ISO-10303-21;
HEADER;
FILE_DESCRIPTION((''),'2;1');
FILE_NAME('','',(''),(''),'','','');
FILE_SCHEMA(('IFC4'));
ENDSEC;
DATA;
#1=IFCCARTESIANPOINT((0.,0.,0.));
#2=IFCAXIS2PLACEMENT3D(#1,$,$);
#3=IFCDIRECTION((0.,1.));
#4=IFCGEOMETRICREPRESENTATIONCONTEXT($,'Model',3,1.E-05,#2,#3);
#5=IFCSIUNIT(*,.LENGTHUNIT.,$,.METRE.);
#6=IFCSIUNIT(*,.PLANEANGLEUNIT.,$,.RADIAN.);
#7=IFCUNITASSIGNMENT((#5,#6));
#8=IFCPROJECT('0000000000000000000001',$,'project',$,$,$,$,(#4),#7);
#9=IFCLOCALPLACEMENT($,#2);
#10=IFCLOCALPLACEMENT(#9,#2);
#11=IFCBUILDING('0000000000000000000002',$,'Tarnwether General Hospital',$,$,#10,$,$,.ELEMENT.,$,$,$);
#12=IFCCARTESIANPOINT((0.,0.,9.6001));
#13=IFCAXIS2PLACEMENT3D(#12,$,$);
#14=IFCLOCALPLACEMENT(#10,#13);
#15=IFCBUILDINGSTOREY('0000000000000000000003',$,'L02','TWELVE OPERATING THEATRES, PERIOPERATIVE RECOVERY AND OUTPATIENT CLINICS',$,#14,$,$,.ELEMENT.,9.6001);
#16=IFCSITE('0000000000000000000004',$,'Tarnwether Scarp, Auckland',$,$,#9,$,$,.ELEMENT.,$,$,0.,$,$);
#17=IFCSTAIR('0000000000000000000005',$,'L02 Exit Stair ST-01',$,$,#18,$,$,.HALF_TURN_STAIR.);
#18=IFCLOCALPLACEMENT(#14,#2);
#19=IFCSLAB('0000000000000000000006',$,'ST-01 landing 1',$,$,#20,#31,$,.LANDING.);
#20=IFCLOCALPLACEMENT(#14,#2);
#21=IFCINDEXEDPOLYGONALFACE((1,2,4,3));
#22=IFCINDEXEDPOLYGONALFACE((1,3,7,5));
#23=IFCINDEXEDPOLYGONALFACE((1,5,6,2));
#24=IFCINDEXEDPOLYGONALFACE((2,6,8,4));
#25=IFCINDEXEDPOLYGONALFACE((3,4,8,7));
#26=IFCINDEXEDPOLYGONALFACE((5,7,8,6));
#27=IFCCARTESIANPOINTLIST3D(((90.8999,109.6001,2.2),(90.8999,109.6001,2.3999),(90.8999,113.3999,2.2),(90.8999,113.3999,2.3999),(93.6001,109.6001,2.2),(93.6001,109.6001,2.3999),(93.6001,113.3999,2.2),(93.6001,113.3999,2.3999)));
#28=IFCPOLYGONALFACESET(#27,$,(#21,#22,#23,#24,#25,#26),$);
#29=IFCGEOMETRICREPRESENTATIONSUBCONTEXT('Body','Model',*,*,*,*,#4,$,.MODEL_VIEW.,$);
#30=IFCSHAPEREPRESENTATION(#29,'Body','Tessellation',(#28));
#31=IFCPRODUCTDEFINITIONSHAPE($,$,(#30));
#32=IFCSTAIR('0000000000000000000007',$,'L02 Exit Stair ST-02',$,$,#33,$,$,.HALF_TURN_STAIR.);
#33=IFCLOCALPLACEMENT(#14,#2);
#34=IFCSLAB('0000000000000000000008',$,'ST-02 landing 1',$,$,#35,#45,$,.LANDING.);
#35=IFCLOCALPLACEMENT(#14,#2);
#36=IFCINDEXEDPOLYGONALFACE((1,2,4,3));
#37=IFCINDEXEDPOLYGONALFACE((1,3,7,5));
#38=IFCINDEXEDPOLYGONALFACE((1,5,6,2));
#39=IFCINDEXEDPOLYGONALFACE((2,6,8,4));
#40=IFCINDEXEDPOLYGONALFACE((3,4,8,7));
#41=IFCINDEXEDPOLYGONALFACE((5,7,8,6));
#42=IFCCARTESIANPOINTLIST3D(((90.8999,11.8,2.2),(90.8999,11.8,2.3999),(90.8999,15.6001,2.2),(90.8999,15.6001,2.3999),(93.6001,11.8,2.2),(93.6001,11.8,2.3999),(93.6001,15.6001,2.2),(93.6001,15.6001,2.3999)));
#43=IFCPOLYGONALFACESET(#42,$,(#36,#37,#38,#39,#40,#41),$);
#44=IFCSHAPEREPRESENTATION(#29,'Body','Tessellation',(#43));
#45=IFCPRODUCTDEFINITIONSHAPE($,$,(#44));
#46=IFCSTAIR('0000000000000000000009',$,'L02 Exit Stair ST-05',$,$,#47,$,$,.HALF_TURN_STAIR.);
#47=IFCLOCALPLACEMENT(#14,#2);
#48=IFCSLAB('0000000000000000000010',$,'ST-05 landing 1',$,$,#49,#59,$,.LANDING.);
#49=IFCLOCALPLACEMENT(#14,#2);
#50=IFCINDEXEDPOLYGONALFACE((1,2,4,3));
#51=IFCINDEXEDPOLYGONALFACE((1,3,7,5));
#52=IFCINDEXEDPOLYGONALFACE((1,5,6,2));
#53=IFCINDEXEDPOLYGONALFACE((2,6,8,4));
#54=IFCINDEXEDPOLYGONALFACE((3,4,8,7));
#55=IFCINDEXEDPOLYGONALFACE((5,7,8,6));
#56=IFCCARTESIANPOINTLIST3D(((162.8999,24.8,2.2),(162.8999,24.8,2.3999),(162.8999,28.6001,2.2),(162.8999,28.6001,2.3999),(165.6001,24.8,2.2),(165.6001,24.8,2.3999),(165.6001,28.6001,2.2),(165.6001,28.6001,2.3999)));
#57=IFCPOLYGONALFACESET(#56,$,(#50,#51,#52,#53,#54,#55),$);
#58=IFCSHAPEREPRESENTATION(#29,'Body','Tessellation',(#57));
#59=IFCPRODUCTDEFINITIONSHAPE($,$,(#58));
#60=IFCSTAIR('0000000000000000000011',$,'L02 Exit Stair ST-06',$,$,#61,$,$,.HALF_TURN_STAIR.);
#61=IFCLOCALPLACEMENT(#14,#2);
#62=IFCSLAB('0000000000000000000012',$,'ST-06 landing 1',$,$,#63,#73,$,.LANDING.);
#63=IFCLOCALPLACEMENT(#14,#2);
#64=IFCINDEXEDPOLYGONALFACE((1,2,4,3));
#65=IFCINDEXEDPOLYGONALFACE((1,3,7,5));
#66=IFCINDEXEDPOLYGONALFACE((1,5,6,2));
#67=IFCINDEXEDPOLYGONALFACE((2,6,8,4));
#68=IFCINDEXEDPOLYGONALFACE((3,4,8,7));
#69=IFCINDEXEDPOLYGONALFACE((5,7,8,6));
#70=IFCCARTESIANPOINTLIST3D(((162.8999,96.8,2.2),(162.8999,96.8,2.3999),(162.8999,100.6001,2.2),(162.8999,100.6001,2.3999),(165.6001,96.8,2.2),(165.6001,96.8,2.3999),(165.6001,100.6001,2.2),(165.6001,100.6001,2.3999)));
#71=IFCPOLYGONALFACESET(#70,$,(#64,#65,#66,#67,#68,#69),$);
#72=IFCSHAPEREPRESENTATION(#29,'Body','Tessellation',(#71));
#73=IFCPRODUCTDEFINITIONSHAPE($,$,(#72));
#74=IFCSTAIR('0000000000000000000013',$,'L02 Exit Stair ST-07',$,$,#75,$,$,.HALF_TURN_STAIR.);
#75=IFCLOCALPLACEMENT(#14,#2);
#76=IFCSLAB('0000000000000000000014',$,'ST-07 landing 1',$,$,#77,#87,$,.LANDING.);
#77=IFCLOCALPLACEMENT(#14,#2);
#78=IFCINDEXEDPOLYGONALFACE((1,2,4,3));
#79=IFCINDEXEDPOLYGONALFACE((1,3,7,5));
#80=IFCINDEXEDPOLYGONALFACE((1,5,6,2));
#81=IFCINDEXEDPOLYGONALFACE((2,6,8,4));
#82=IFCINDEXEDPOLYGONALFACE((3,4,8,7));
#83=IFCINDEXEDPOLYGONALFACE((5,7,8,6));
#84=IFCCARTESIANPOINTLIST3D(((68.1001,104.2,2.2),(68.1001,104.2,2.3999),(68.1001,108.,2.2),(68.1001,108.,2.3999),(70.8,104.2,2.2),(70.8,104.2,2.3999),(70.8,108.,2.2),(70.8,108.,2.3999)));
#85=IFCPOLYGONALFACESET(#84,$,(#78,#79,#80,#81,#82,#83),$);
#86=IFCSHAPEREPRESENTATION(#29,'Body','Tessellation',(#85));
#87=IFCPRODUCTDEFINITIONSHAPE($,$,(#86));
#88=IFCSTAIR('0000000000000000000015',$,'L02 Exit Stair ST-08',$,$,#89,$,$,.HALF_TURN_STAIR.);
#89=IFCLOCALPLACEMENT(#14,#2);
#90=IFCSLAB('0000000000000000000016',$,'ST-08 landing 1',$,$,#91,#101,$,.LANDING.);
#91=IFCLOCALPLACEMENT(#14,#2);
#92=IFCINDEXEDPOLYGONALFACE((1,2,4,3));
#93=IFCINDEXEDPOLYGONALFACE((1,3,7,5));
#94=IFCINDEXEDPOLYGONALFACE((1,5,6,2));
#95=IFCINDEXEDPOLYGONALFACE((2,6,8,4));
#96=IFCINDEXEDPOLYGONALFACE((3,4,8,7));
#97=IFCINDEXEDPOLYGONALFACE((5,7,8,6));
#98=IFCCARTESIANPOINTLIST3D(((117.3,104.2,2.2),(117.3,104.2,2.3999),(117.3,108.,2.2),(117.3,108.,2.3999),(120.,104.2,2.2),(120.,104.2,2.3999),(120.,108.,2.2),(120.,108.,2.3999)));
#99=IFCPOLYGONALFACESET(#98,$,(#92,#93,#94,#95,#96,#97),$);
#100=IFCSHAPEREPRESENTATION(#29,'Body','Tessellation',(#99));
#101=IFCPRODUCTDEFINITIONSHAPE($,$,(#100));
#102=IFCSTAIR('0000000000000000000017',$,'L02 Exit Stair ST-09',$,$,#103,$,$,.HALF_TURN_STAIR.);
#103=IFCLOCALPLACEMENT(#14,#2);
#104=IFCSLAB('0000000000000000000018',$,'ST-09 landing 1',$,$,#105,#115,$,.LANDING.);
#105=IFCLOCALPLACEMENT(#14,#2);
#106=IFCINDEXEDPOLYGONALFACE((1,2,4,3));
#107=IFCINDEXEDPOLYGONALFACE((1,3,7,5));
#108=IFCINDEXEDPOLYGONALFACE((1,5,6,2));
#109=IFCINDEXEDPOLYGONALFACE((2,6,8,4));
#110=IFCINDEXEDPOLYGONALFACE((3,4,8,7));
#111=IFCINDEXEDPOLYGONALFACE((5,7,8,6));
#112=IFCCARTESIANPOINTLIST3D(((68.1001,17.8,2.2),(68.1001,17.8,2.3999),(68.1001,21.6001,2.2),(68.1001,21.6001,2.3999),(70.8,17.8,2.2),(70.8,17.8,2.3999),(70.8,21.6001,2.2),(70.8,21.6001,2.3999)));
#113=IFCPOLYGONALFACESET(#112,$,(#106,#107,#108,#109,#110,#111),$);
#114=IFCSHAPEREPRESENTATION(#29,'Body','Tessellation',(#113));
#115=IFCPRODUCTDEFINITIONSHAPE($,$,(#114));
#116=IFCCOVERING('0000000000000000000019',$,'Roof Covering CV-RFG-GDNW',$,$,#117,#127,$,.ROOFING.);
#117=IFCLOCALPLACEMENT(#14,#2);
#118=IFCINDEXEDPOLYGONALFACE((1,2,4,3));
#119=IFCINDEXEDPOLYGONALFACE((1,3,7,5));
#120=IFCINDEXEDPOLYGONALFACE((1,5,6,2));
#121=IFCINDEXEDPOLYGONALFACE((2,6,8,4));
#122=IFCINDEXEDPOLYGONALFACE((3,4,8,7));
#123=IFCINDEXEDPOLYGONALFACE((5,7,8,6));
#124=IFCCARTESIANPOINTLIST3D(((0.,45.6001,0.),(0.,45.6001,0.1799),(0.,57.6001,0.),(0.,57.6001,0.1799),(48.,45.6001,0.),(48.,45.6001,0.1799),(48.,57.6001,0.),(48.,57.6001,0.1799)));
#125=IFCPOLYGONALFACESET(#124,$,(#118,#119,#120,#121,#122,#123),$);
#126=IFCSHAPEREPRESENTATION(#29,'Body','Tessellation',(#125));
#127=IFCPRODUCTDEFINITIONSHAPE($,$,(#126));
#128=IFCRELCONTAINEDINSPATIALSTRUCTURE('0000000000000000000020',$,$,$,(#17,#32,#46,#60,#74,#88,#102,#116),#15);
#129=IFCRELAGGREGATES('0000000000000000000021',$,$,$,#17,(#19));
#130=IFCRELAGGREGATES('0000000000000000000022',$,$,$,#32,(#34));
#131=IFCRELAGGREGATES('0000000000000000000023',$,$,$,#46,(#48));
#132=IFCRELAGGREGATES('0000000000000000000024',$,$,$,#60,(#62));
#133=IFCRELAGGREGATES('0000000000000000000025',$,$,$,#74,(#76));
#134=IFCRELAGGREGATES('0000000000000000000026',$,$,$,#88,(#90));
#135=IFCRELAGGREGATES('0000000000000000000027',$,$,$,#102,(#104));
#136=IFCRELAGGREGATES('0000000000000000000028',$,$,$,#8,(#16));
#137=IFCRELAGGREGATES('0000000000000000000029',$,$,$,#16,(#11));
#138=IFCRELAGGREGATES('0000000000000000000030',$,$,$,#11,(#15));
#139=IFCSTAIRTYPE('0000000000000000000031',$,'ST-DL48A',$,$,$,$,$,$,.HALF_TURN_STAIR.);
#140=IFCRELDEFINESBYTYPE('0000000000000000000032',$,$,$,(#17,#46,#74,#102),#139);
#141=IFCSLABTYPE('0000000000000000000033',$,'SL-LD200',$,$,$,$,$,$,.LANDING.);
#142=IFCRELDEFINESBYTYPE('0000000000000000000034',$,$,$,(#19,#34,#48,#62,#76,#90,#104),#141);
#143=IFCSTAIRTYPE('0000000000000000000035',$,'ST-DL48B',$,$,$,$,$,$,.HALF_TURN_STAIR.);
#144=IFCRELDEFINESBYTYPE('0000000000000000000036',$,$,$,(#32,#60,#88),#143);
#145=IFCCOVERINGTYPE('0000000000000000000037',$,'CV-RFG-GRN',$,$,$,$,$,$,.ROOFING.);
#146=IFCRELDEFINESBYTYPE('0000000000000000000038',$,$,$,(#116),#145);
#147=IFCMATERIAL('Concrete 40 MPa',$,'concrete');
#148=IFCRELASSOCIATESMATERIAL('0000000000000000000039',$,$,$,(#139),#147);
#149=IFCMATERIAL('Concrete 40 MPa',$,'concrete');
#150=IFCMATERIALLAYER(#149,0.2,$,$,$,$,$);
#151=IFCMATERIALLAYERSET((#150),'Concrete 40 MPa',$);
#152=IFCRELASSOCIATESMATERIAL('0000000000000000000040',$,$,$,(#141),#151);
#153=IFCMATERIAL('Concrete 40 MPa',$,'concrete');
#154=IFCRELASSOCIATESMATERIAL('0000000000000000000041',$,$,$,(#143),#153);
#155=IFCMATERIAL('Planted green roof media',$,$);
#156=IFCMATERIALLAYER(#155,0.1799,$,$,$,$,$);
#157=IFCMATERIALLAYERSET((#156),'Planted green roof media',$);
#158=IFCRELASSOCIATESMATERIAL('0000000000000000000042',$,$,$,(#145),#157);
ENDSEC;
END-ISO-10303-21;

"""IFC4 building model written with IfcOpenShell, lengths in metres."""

from ifc_helpers import new_model, si_unit, direction, frame, origin, place, context, subcontext, project, spatial, polyline, outline, extrude, material, layer, layer_set, type_object, element, aggregate, save


model = new_model("IFC4")

# Units and contexts
model_context = context("Model", 3, precision=1e-05, world=origin(), true_north=direction((0.0, 1.0)))
body_context = subcontext(model_context, "Body", "Model", "MODEL_VIEW")
ifc_project = project(units=[si_unit("LENGTHUNIT", "METRE"), si_unit("PLANEANGLEUNIT", "RADIAN")], contexts=[model_context])

# Site, building, storey
site_placement = place(None, origin())
site = spatial("IfcSite", under=ifc_project, at=site_placement, Name="Tarnwether Scarp, Auckland", CompositionType="ELEMENT", RefElevation=0.0)
building_placement = place(site_placement, origin())
building = spatial("IfcBuilding", under=site, at=building_placement, Name="Tarnwether General Hospital", CompositionType="ELEMENT")
storey_placement = place(building_placement, frame((0.0, 0.0, 9.6001)))
storey = spatial("IfcBuildingStorey", under=building, at=storey_placement, Name="L02", Description="TWELVE OPERATING THEATRES, PERIOPERATIVE RECOVERY AND OUTPATIENT CLINICS", CompositionType="ELEMENT", Elevation=9.6001)

# Stairs, slabs
ifc_material_1 = material(Name="Concrete 40 MPa", Category="concrete")
stair_type_1 = type_object("IfcStairType", Name="ST-DL48A", PredefinedType="HALF_TURN_STAIR", material=ifc_material_1)
stair_1_placement = place(storey_placement, origin())
stair_1 = element("IfcStair", 1, at=stair_1_placement, inside=storey, type_object=stair_type_1, Name="L02 Exit Stair ST-01", PredefinedType="HALF_TURN_STAIR")
ifc_material_2 = material(Name="Concrete 40 MPa", Category="concrete")
ifc_layer_1 = layer(ifc_material_2, 0.2)
ifc_layer_set_1 = layer_set([ifc_layer_1], Name="Concrete 40 MPa")
slab_type = type_object("IfcSlabType", Name="SL-LD200", PredefinedType="LANDING", material=ifc_layer_set_1)
slab_1_placement = place(storey_placement, frame((0.0, 0.0, 2.2)))
slab_1 = element("IfcSlab", 2, at=slab_1_placement, type_object=slab_type, Name="ST-01 landing 1", PredefinedType="LANDING", context=body_context, shape_type="SweptSolid", body=[
    extrude(outline(polyline([(90.8999, 109.6001), (93.6001, 109.6001), (93.6001, 113.3999), (90.8999, 113.3999), (90.8999, 109.6001)])), origin(), (0.0, 0.0, 1.0), 0.2),
])
aggregate(stair_1, [slab_1])
ifc_material_3 = material(Name="Concrete 40 MPa", Category="concrete")
stair_type_2 = type_object("IfcStairType", Name="ST-DL48B", PredefinedType="HALF_TURN_STAIR", material=ifc_material_3)
stair_2_placement = place(storey_placement, origin())
stair_2 = element("IfcStair", 3, at=stair_2_placement, inside=storey, type_object=stair_type_2, Name="L02 Exit Stair ST-02", PredefinedType="HALF_TURN_STAIR")
slab_2_placement = place(storey_placement, frame((0.0, 0.0, 2.2)))
slab_2 = element("IfcSlab", 4, at=slab_2_placement, type_object=slab_type, Name="ST-02 landing 1", PredefinedType="LANDING", context=body_context, shape_type="SweptSolid", body=[
    extrude(outline(polyline([(90.8999, 11.8), (93.6001, 11.8), (93.6001, 15.6001), (90.8999, 15.6001), (90.8999, 11.8)])), origin(), (0.0, 0.0, 1.0), 0.2),
])
aggregate(stair_2, [slab_2])
stair_3_placement = place(storey_placement, origin())
stair_3 = element("IfcStair", 5, at=stair_3_placement, inside=storey, type_object=stair_type_1, Name="L02 Exit Stair ST-05", PredefinedType="HALF_TURN_STAIR")
slab_3_placement = place(storey_placement, frame((0.0, 0.0, 2.2)))
slab_3 = element("IfcSlab", 6, at=slab_3_placement, type_object=slab_type, Name="ST-05 landing 1", PredefinedType="LANDING", context=body_context, shape_type="SweptSolid", body=[
    extrude(outline(polyline([(162.8999, 24.8), (165.6001, 24.8), (165.6001, 28.6001), (162.8999, 28.6001), (162.8999, 24.8)])), origin(), (0.0, 0.0, 1.0), 0.2),
])
aggregate(stair_3, [slab_3])
stair_4_placement = place(storey_placement, origin())
stair_4 = element("IfcStair", 7, at=stair_4_placement, inside=storey, type_object=stair_type_2, Name="L02 Exit Stair ST-06", PredefinedType="HALF_TURN_STAIR")
slab_4_placement = place(storey_placement, frame((0.0, 0.0, 2.2)))
slab_4 = element("IfcSlab", 8, at=slab_4_placement, type_object=slab_type, Name="ST-06 landing 1", PredefinedType="LANDING", context=body_context, shape_type="SweptSolid", body=[
    extrude(outline(polyline([(162.8999, 96.8), (165.6001, 96.8), (165.6001, 100.6001), (162.8999, 100.6001), (162.8999, 96.8)])), origin(), (0.0, 0.0, 1.0), 0.2),
])
aggregate(stair_4, [slab_4])
stair_5_placement = place(storey_placement, origin())
stair_5 = element("IfcStair", 9, at=stair_5_placement, inside=storey, type_object=stair_type_1, Name="L02 Exit Stair ST-07", PredefinedType="HALF_TURN_STAIR")
slab_5_placement = place(storey_placement, frame((0.0, 0.0, 2.2)))
slab_5 = element("IfcSlab", 10, at=slab_5_placement, type_object=slab_type, Name="ST-07 landing 1", PredefinedType="LANDING", context=body_context, shape_type="SweptSolid", body=[
    extrude(outline(polyline([(68.1001, 104.2), (70.8, 104.2), (70.8, 108.0), (68.1001, 108.0), (68.1001, 104.2)])), origin(), (0.0, 0.0, 1.0), 0.2),
])
aggregate(stair_5, [slab_5])
stair_6_placement = place(storey_placement, origin())
stair_6 = element("IfcStair", 11, at=stair_6_placement, inside=storey, type_object=stair_type_2, Name="L02 Exit Stair ST-08", PredefinedType="HALF_TURN_STAIR")
slab_6_placement = place(storey_placement, frame((0.0, 0.0, 2.2)))
slab_6 = element("IfcSlab", 12, at=slab_6_placement, type_object=slab_type, Name="ST-08 landing 1", PredefinedType="LANDING", context=body_context, shape_type="SweptSolid", body=[
    extrude(outline(polyline([(117.3, 104.2), (120.0, 104.2), (120.0, 108.0), (117.3, 108.0), (117.3, 104.2)])), origin(), (0.0, 0.0, 1.0), 0.2),
])
aggregate(stair_6, [slab_6])
stair_7_placement = place(storey_placement, origin())
stair_7 = element("IfcStair", 13, at=stair_7_placement, inside=storey, type_object=stair_type_1, Name="L02 Exit Stair ST-09", PredefinedType="HALF_TURN_STAIR")
slab_7_placement = place(storey_placement, frame((0.0, 0.0, 2.2)))
slab_7 = element("IfcSlab", 14, at=slab_7_placement, type_object=slab_type, Name="ST-09 landing 1", PredefinedType="LANDING", context=body_context, shape_type="SweptSolid", body=[
    extrude(outline(polyline([(68.1001, 17.8), (70.8, 17.8), (70.8, 21.6001), (68.1001, 21.6001), (68.1001, 17.8)])), origin(), (0.0, 0.0, 1.0), 0.2),
])
aggregate(stair_7, [slab_7])

# Covering
ifc_material_4 = material(Name="Planted green roof media")
ifc_layer_2 = layer(ifc_material_4, 0.1799)
ifc_layer_set_2 = layer_set([ifc_layer_2], Name="Planted green roof media")
covering_type = type_object("IfcCoveringType", Name="CV-RFG-GRN", PredefinedType="ROOFING", material=ifc_layer_set_2)
covering_placement = place(storey_placement, origin())
element("IfcCovering", 15, at=covering_placement, inside=storey, type_object=covering_type, Name="Roof Covering CV-RFG-GDNW", PredefinedType="ROOFING", context=body_context, shape_type="SweptSolid", body=[
    extrude(outline(polyline([(48.0, 45.6001), (48.0, 57.6001), (0.0, 57.6001), (0.0, 45.6001), (48.0, 45.6001)])), origin(), (0.0, 0.0, 1.0), 0.1799),
])

save(model, "model.ifc")
